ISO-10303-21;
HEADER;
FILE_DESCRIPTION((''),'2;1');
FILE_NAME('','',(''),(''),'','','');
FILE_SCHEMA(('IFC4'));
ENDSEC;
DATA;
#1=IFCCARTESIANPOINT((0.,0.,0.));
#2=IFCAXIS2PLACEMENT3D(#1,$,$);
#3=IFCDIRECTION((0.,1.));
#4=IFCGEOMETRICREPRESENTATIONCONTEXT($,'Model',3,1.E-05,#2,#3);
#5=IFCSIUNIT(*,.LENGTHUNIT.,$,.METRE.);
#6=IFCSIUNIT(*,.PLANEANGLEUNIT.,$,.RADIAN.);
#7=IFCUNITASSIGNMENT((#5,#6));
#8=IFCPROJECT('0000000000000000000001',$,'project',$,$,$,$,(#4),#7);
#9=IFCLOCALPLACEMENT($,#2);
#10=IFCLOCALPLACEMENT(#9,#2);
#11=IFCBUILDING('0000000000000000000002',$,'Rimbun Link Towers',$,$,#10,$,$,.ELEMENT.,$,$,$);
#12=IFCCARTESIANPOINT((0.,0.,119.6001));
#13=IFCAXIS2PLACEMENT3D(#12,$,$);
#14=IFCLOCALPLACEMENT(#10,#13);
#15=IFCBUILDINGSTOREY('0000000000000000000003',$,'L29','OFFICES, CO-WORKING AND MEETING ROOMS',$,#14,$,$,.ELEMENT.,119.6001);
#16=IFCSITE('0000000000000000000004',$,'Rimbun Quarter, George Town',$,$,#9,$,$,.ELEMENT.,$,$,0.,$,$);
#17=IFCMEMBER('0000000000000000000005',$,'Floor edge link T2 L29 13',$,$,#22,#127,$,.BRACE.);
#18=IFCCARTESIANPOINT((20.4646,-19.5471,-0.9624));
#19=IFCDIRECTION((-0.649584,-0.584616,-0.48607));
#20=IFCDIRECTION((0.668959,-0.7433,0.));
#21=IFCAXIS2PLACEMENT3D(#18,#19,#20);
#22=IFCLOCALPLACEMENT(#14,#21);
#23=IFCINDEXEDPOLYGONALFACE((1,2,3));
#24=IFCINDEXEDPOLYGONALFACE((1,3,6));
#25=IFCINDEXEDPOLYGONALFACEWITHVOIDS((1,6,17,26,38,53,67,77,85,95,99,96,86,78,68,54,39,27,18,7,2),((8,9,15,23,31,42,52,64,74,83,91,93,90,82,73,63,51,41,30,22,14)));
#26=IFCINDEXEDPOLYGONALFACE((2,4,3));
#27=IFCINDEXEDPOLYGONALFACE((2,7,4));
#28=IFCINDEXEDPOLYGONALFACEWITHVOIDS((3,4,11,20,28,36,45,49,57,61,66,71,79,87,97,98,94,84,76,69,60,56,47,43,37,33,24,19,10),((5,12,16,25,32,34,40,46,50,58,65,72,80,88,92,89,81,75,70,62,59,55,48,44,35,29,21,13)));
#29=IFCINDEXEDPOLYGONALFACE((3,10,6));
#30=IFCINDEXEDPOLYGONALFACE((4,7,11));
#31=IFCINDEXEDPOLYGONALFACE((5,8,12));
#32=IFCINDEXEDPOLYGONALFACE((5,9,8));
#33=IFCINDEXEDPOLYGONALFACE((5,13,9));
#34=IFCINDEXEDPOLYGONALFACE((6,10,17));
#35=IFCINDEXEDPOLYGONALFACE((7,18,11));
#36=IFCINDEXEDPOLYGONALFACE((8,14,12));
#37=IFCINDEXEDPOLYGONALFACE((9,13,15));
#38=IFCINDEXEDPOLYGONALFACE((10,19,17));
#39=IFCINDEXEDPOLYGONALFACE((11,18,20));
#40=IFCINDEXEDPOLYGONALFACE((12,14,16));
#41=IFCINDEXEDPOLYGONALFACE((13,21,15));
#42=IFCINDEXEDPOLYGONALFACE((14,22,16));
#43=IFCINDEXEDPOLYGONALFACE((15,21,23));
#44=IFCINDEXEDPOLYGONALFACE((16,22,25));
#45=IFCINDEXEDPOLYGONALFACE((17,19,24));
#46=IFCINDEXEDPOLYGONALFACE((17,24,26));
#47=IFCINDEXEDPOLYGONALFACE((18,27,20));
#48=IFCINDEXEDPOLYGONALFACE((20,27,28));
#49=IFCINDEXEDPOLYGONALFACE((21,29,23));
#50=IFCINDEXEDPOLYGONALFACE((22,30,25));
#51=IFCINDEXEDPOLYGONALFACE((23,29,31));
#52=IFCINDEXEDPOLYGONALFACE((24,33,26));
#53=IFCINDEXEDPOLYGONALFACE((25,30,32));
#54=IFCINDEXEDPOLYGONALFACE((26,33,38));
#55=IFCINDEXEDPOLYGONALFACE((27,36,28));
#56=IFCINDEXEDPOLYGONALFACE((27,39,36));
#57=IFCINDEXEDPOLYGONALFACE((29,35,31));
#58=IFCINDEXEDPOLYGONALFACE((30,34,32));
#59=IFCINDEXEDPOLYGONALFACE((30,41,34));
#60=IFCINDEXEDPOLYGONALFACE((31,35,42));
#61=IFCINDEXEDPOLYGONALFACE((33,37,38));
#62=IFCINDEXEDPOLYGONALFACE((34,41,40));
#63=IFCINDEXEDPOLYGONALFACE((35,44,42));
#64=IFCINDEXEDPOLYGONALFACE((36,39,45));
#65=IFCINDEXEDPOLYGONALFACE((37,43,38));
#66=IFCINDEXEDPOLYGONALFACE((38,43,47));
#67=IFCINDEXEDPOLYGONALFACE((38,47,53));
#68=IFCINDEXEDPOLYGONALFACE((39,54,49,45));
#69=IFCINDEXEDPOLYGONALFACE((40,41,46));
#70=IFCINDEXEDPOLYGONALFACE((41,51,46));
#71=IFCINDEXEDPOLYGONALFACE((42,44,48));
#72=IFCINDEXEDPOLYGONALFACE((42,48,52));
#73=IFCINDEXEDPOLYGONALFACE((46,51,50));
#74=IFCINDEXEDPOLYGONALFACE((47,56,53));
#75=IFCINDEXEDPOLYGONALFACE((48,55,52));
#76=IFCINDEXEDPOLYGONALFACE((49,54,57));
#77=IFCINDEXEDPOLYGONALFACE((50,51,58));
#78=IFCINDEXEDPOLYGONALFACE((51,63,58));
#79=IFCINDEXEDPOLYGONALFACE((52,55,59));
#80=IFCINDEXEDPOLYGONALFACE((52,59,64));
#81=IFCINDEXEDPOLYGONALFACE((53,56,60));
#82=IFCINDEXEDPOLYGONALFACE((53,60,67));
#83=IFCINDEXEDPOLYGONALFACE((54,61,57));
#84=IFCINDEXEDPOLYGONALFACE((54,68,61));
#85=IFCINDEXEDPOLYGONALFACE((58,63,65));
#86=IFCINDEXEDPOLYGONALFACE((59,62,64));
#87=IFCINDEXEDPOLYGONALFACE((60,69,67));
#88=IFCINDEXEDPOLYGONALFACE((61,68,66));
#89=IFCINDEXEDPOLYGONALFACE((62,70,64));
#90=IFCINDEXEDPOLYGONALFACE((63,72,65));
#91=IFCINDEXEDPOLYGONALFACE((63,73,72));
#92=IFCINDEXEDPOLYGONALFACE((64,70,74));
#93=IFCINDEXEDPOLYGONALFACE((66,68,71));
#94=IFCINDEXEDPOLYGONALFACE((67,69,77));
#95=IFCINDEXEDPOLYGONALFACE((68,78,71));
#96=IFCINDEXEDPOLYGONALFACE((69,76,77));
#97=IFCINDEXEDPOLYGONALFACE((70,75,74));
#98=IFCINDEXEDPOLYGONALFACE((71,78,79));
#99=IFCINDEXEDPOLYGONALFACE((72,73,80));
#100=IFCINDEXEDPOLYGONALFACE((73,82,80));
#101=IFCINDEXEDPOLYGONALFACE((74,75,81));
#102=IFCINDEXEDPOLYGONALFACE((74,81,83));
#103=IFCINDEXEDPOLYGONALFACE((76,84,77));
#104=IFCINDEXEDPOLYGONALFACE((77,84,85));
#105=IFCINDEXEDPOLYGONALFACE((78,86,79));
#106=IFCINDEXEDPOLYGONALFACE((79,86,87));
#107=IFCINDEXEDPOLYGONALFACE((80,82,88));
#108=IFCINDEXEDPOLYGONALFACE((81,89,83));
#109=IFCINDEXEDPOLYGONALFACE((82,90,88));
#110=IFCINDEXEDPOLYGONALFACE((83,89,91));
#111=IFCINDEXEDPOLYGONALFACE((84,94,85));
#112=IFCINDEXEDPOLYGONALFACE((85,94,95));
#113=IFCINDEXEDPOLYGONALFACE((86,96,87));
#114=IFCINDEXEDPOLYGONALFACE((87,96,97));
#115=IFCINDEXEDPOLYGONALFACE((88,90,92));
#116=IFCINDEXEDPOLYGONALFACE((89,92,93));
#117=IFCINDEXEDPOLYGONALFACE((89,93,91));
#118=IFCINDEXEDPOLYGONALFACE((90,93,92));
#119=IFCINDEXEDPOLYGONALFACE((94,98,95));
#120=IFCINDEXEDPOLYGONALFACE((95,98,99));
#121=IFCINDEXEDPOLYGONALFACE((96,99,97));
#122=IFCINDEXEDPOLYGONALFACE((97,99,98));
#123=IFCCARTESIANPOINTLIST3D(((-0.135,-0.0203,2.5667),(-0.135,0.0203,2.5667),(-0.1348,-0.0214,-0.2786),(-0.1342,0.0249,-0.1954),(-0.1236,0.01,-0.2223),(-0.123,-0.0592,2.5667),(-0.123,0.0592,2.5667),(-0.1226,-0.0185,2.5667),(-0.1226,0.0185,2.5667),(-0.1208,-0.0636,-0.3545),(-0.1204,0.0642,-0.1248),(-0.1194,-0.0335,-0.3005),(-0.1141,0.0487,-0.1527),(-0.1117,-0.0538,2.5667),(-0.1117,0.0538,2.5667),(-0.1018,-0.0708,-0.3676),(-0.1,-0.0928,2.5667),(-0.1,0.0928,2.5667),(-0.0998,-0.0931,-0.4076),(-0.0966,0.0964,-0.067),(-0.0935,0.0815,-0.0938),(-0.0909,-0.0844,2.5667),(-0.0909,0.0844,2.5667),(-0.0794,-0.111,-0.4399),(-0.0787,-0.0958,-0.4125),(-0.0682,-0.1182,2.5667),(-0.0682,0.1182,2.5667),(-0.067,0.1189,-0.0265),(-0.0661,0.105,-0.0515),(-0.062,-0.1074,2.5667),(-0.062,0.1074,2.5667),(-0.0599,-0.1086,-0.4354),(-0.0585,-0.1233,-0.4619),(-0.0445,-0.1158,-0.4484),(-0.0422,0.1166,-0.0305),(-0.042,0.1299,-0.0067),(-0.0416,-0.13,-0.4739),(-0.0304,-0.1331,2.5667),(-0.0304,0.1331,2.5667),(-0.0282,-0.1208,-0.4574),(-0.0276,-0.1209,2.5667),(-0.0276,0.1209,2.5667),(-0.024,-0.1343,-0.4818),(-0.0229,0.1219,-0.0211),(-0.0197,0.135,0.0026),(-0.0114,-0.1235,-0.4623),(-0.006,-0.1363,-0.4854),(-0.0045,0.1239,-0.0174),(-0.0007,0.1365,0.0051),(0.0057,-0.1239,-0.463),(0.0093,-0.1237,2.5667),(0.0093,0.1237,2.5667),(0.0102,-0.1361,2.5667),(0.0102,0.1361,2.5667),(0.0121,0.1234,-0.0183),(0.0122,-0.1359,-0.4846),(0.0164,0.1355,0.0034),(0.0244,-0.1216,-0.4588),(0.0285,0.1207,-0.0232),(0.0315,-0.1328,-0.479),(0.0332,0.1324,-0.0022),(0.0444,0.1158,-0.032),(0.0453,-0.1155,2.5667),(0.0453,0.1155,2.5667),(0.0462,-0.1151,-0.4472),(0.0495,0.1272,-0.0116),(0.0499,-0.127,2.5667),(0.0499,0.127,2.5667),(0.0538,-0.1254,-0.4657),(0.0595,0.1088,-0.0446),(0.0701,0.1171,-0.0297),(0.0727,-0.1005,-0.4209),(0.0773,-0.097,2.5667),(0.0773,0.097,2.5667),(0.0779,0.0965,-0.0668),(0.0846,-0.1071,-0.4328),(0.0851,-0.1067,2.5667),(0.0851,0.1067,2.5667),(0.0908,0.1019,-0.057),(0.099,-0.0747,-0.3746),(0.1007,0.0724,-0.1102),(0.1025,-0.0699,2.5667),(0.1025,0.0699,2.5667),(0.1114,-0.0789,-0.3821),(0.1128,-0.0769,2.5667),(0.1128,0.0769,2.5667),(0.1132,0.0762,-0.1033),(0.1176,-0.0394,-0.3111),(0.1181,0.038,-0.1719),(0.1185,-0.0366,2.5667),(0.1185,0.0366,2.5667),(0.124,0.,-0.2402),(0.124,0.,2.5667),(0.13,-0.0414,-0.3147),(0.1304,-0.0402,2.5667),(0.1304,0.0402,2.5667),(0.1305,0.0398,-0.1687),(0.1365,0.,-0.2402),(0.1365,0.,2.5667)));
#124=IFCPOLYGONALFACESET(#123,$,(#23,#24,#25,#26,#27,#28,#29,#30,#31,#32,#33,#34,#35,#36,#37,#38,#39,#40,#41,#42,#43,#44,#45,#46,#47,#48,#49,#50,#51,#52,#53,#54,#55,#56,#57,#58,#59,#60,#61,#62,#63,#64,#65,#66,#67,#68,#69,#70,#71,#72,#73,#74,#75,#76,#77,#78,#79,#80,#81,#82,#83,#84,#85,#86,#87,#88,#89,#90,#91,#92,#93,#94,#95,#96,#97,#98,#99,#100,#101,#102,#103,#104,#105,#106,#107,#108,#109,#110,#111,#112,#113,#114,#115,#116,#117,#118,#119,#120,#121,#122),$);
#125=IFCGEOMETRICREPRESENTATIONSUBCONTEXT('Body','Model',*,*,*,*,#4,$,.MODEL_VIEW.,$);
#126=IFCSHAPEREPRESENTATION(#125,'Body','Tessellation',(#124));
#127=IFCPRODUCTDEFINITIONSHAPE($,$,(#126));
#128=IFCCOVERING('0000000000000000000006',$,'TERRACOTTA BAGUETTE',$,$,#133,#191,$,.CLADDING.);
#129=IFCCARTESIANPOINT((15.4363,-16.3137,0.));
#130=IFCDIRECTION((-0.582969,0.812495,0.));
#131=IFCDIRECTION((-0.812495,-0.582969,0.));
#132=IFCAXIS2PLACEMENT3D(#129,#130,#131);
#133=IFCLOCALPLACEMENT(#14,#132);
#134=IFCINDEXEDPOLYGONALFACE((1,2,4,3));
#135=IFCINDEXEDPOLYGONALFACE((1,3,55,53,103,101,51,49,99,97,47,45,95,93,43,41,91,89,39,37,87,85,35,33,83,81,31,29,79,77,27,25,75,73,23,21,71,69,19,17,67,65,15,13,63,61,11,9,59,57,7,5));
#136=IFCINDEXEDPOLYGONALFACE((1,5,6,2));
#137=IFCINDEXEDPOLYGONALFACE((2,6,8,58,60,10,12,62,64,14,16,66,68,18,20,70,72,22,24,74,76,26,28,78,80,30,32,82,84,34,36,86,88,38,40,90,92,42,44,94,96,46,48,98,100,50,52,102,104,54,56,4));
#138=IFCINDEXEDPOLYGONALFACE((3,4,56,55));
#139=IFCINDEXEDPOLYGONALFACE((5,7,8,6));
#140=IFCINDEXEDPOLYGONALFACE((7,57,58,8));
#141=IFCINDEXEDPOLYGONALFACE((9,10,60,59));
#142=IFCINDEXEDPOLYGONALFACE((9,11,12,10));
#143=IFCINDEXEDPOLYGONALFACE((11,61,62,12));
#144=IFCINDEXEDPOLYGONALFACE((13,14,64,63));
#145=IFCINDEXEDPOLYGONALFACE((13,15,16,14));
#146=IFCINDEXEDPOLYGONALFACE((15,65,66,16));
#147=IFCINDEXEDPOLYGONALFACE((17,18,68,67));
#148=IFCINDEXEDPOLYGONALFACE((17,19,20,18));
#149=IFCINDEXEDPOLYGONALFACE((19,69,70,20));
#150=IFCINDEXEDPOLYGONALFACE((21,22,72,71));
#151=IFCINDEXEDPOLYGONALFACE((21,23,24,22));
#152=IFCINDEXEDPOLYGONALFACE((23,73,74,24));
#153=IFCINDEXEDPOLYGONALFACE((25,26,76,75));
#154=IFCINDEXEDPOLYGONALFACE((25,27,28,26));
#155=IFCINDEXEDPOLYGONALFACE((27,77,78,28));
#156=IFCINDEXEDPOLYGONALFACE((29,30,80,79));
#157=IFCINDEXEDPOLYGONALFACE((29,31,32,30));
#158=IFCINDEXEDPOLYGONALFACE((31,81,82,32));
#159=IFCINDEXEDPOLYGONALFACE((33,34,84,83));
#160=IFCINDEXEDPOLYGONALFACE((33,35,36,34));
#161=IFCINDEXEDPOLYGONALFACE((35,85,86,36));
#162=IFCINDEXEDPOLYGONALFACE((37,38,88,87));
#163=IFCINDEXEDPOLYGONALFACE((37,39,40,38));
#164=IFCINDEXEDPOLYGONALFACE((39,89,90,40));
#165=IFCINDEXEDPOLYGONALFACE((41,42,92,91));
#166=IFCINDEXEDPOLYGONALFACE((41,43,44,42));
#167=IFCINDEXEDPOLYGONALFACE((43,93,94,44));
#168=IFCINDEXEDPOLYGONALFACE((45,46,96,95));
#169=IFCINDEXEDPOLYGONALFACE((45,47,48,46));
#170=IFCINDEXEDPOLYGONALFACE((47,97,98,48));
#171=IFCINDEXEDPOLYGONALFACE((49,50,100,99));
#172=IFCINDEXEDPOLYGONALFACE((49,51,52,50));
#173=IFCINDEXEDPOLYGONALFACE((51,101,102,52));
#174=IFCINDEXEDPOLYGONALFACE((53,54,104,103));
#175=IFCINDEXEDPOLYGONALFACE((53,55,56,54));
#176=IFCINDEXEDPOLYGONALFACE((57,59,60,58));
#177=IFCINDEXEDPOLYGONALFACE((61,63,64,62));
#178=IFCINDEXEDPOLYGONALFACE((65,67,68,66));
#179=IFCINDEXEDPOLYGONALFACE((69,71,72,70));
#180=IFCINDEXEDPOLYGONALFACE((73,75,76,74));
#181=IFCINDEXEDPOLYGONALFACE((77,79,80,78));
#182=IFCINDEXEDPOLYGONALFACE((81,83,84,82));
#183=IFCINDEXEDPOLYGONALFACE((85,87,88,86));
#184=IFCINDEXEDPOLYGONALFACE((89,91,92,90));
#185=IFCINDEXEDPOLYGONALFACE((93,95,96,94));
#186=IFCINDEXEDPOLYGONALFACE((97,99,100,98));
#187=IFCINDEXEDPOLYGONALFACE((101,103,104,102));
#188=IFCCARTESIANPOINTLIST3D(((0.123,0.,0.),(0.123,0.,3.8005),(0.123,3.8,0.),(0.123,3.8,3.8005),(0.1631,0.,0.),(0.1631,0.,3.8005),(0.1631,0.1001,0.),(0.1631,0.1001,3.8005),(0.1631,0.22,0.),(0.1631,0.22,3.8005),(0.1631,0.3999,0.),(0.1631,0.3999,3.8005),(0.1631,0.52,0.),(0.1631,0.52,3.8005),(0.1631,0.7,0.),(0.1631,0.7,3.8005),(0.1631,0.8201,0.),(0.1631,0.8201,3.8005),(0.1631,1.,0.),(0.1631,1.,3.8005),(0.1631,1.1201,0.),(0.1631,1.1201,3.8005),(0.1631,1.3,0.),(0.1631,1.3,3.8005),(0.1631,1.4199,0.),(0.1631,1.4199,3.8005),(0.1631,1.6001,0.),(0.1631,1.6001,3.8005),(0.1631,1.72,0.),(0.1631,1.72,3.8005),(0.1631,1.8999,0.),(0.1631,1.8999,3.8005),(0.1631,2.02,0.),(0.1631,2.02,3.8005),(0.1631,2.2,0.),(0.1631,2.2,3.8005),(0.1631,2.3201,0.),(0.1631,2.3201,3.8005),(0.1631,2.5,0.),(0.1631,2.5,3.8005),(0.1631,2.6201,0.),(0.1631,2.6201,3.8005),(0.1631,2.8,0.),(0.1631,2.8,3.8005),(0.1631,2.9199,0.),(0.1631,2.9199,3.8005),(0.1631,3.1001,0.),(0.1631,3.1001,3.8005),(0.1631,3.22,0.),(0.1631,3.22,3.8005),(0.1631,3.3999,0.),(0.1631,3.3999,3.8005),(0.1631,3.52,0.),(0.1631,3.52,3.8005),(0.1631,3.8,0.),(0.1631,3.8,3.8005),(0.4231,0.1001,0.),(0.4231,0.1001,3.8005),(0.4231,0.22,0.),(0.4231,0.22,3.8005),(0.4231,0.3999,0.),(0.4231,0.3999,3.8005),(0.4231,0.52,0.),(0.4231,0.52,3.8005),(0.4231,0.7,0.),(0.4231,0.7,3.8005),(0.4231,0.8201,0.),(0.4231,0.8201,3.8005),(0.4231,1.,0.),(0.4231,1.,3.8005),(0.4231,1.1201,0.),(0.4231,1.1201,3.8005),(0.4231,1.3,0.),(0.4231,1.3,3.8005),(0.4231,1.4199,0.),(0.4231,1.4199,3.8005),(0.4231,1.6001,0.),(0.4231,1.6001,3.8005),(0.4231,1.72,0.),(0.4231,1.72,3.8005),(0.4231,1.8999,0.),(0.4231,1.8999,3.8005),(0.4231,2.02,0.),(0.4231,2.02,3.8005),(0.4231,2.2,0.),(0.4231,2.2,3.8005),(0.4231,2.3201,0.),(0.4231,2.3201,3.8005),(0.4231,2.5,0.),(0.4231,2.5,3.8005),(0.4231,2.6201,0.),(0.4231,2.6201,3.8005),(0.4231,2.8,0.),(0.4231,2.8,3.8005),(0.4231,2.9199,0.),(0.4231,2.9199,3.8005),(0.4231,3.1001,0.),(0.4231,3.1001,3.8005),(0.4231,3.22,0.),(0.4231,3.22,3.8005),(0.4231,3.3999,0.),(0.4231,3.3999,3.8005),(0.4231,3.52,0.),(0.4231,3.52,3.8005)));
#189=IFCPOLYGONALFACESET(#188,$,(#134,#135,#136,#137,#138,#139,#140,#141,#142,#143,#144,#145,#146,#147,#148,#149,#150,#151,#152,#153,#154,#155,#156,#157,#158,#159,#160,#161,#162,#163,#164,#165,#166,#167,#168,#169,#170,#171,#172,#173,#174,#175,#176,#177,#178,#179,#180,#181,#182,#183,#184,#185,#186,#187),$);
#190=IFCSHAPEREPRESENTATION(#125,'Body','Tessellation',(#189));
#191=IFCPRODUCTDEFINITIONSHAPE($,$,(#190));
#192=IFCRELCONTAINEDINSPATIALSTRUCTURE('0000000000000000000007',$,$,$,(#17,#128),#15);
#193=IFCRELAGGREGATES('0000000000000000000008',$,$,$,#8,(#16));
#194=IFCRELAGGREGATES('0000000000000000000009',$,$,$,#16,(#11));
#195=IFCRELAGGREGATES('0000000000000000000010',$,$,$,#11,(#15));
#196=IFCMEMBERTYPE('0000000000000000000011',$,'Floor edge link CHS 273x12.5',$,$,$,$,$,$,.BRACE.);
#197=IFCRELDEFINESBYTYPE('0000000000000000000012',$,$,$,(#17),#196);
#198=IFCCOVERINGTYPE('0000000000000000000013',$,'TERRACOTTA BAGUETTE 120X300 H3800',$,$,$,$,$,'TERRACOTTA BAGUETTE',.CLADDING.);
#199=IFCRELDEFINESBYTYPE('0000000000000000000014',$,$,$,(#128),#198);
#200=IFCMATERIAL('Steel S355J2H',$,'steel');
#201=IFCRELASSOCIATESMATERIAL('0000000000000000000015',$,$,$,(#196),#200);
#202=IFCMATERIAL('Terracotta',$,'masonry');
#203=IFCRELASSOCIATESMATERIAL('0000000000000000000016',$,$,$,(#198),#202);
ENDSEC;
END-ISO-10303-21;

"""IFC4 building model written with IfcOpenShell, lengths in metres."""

from ifc_helpers import new_model, si_unit, direction, frame, origin, origin_2d, place, context, subcontext, project, spatial, polyline, hollow_circle, outline, extrude, clip, halfspace, material, material_profile, profile_set, type_object, element, save


model = new_model("IFC4")

# Units and contexts
model_context = context("Model", 3, precision=1e-05, world=origin(), true_north=direction((0.0, 1.0)))
body_context = subcontext(model_context, "Body", "Model", "MODEL_VIEW")
ifc_project = project(units=[si_unit("LENGTHUNIT", "METRE"), si_unit("PLANEANGLEUNIT", "RADIAN")], contexts=[model_context])

# Site, building, storey
site_placement = place(None, origin())
site = spatial("IfcSite", under=ifc_project, at=site_placement, Name="Rimbun Quarter, George Town", CompositionType="ELEMENT", RefElevation=0.0)
building_placement = place(site_placement, origin())
building = spatial("IfcBuilding", under=site, at=building_placement, Name="Rimbun Link Towers", CompositionType="ELEMENT")
storey_placement = place(building_placement, frame((0.0, 0.0, 119.6001)))
storey = spatial("IfcBuildingStorey", under=building, at=storey_placement, Name="L29", Description="OFFICES, CO-WORKING AND MEETING ROOMS", CompositionType="ELEMENT", Elevation=119.6001)

# Member
ifc_material_1 = material(Name="Steel S355J2H", Category="steel")
ifc_material_profile_1 = material_profile(ifc_material_1, hollow_circle(Radius=0.1365, WallThickness=0.0125, at=origin_2d()), Name="CHS 273x12.5")
ifc_profile_set_1 = profile_set([ifc_material_profile_1], Name="Steel S355J2H")
member_type_1 = type_object("IfcMemberType", Name="Floor edge link CHS 273x12.5", PredefinedType="BRACE", material=ifc_profile_set_1)
member_1_placement = place(storey_placement, frame((20.4646, -19.5471, -0.9624), z_axis=(-0.649584, -0.584616, -0.48607), x_axis=(0.668959, -0.7433, 0.0)))
element("IfcMember", 1, at=member_1_placement, inside=storey, type_object=member_type_1, Name="Floor edge link T2 L29 13", PredefinedType="BRACE", context=body_context, shape_type="Clipping", body=[
    clip(extrude(hollow_circle(Radius=0.1365, WallThickness=0.0125, at=origin_2d()), frame((0.0, 0.0, -0.5115)), (0.0, 0.0, 1.0), 3.0781), halfspace(frame((0.0, 0.0, -0.2402), z_axis=(0.0, 0.87392, -0.48607)), False)),
])

# Covering
ifc_material_2 = material(Name="Terracotta", Category="masonry")
ifc_material_profile_2 = material_profile(ifc_material_2, outline(polyline([(0.123, 0.0), (0.1631, 0.0), (0.1631, 0.1001), (0.4231, 0.1001), (0.4231, 0.22), (0.1631, 0.22), (0.1631, 0.3999), (0.4231, 0.3999), (0.4231, 0.52), (0.1631, 0.52), (0.1631, 0.7), (0.4231, 0.7), (0.4231, 0.8201), (0.1631, 0.8201), (0.1631, 1.0), (0.4231, 1.0), (0.4231, 1.1201), (0.1631, 1.1201), (0.1631, 1.3), (0.4231, 1.3), (0.4231, 1.4199), (0.1631, 1.4199), (0.1631, 1.6001), (0.4231, 1.6001), (0.4231, 1.72), (0.1631, 1.72), (0.1631, 1.8999), (0.4231, 1.8999), (0.4231, 2.02), (0.1631, 2.02), (0.1631, 2.2), (0.4231, 2.2), (0.4231, 2.3201), (0.1631, 2.3201), (0.1631, 2.5), (0.4231, 2.5), (0.4231, 2.6201), (0.1631, 2.6201), (0.1631, 2.8), (0.4231, 2.8), (0.4231, 2.9199), (0.1631, 2.9199), (0.1631, 3.1001), (0.4231, 3.1001), (0.4231, 3.22), (0.1631, 3.22), (0.1631, 3.3999), (0.4231, 3.3999), (0.4231, 3.52), (0.1631, 3.52), (0.1631, 3.8), (0.123, 3.8), (0.123, 0.0)])), Name="BAGUETTE 120X300")
ifc_profile_set_2 = profile_set([ifc_material_profile_2], Name="Terracotta")
covering_type = type_object("IfcCoveringType", Name="TERRACOTTA BAGUETTE 120X300 H3800", ElementType="TERRACOTTA BAGUETTE", PredefinedType="CLADDING", material=ifc_profile_set_2)
covering_1_placement = place(storey_placement, frame((15.4363, -16.3137, 0.0), z_axis=(-0.582969, 0.812495, 0.0), x_axis=(-0.812495, -0.582969, 0.0)))
element("IfcCovering", 2, at=covering_1_placement, inside=storey, type_object=covering_type, Name="TERRACOTTA BAGUETTE", PredefinedType="CLADDING", context=body_context, shape_type="SweptSolid", body=[
    extrude(outline(polyline([(0.123, 0.0), (0.1631, 0.0), (0.1631, 0.1001), (0.4231, 0.1001), (0.4231, 0.22), (0.1631, 0.22), (0.1631, 0.3999), (0.4231, 0.3999), (0.4231, 0.52), (0.1631, 0.52), (0.1631, 0.7), (0.4231, 0.7), (0.4231, 0.8201), (0.1631, 0.8201), (0.1631, 1.0), (0.4231, 1.0), (0.4231, 1.1201), (0.1631, 1.1201), (0.1631, 1.3), (0.4231, 1.3), (0.4231, 1.4199), (0.1631, 1.4199), (0.1631, 1.6001), (0.4231, 1.6001), (0.4231, 1.72), (0.1631, 1.72), (0.1631, 1.8999), (0.4231, 1.8999), (0.4231, 2.02), (0.1631, 2.02), (0.1631, 2.2), (0.4231, 2.2), (0.4231, 2.3201), (0.1631, 2.3201), (0.1631, 2.5), (0.4231, 2.5), (0.4231, 2.6201), (0.1631, 2.6201), (0.1631, 2.8), (0.4231, 2.8), (0.4231, 2.9199), (0.1631, 2.9199), (0.1631, 3.1001), (0.4231, 3.1001), (0.4231, 3.22), (0.1631, 3.22), (0.1631, 3.3999), (0.4231, 3.3999), (0.4231, 3.52), (0.1631, 3.52), (0.1631, 3.8), (0.123, 3.8), (0.123, 0.0)])), origin(), (0.0, 0.0, 1.0), 3.8005),
])

save(model, "model.ifc")
